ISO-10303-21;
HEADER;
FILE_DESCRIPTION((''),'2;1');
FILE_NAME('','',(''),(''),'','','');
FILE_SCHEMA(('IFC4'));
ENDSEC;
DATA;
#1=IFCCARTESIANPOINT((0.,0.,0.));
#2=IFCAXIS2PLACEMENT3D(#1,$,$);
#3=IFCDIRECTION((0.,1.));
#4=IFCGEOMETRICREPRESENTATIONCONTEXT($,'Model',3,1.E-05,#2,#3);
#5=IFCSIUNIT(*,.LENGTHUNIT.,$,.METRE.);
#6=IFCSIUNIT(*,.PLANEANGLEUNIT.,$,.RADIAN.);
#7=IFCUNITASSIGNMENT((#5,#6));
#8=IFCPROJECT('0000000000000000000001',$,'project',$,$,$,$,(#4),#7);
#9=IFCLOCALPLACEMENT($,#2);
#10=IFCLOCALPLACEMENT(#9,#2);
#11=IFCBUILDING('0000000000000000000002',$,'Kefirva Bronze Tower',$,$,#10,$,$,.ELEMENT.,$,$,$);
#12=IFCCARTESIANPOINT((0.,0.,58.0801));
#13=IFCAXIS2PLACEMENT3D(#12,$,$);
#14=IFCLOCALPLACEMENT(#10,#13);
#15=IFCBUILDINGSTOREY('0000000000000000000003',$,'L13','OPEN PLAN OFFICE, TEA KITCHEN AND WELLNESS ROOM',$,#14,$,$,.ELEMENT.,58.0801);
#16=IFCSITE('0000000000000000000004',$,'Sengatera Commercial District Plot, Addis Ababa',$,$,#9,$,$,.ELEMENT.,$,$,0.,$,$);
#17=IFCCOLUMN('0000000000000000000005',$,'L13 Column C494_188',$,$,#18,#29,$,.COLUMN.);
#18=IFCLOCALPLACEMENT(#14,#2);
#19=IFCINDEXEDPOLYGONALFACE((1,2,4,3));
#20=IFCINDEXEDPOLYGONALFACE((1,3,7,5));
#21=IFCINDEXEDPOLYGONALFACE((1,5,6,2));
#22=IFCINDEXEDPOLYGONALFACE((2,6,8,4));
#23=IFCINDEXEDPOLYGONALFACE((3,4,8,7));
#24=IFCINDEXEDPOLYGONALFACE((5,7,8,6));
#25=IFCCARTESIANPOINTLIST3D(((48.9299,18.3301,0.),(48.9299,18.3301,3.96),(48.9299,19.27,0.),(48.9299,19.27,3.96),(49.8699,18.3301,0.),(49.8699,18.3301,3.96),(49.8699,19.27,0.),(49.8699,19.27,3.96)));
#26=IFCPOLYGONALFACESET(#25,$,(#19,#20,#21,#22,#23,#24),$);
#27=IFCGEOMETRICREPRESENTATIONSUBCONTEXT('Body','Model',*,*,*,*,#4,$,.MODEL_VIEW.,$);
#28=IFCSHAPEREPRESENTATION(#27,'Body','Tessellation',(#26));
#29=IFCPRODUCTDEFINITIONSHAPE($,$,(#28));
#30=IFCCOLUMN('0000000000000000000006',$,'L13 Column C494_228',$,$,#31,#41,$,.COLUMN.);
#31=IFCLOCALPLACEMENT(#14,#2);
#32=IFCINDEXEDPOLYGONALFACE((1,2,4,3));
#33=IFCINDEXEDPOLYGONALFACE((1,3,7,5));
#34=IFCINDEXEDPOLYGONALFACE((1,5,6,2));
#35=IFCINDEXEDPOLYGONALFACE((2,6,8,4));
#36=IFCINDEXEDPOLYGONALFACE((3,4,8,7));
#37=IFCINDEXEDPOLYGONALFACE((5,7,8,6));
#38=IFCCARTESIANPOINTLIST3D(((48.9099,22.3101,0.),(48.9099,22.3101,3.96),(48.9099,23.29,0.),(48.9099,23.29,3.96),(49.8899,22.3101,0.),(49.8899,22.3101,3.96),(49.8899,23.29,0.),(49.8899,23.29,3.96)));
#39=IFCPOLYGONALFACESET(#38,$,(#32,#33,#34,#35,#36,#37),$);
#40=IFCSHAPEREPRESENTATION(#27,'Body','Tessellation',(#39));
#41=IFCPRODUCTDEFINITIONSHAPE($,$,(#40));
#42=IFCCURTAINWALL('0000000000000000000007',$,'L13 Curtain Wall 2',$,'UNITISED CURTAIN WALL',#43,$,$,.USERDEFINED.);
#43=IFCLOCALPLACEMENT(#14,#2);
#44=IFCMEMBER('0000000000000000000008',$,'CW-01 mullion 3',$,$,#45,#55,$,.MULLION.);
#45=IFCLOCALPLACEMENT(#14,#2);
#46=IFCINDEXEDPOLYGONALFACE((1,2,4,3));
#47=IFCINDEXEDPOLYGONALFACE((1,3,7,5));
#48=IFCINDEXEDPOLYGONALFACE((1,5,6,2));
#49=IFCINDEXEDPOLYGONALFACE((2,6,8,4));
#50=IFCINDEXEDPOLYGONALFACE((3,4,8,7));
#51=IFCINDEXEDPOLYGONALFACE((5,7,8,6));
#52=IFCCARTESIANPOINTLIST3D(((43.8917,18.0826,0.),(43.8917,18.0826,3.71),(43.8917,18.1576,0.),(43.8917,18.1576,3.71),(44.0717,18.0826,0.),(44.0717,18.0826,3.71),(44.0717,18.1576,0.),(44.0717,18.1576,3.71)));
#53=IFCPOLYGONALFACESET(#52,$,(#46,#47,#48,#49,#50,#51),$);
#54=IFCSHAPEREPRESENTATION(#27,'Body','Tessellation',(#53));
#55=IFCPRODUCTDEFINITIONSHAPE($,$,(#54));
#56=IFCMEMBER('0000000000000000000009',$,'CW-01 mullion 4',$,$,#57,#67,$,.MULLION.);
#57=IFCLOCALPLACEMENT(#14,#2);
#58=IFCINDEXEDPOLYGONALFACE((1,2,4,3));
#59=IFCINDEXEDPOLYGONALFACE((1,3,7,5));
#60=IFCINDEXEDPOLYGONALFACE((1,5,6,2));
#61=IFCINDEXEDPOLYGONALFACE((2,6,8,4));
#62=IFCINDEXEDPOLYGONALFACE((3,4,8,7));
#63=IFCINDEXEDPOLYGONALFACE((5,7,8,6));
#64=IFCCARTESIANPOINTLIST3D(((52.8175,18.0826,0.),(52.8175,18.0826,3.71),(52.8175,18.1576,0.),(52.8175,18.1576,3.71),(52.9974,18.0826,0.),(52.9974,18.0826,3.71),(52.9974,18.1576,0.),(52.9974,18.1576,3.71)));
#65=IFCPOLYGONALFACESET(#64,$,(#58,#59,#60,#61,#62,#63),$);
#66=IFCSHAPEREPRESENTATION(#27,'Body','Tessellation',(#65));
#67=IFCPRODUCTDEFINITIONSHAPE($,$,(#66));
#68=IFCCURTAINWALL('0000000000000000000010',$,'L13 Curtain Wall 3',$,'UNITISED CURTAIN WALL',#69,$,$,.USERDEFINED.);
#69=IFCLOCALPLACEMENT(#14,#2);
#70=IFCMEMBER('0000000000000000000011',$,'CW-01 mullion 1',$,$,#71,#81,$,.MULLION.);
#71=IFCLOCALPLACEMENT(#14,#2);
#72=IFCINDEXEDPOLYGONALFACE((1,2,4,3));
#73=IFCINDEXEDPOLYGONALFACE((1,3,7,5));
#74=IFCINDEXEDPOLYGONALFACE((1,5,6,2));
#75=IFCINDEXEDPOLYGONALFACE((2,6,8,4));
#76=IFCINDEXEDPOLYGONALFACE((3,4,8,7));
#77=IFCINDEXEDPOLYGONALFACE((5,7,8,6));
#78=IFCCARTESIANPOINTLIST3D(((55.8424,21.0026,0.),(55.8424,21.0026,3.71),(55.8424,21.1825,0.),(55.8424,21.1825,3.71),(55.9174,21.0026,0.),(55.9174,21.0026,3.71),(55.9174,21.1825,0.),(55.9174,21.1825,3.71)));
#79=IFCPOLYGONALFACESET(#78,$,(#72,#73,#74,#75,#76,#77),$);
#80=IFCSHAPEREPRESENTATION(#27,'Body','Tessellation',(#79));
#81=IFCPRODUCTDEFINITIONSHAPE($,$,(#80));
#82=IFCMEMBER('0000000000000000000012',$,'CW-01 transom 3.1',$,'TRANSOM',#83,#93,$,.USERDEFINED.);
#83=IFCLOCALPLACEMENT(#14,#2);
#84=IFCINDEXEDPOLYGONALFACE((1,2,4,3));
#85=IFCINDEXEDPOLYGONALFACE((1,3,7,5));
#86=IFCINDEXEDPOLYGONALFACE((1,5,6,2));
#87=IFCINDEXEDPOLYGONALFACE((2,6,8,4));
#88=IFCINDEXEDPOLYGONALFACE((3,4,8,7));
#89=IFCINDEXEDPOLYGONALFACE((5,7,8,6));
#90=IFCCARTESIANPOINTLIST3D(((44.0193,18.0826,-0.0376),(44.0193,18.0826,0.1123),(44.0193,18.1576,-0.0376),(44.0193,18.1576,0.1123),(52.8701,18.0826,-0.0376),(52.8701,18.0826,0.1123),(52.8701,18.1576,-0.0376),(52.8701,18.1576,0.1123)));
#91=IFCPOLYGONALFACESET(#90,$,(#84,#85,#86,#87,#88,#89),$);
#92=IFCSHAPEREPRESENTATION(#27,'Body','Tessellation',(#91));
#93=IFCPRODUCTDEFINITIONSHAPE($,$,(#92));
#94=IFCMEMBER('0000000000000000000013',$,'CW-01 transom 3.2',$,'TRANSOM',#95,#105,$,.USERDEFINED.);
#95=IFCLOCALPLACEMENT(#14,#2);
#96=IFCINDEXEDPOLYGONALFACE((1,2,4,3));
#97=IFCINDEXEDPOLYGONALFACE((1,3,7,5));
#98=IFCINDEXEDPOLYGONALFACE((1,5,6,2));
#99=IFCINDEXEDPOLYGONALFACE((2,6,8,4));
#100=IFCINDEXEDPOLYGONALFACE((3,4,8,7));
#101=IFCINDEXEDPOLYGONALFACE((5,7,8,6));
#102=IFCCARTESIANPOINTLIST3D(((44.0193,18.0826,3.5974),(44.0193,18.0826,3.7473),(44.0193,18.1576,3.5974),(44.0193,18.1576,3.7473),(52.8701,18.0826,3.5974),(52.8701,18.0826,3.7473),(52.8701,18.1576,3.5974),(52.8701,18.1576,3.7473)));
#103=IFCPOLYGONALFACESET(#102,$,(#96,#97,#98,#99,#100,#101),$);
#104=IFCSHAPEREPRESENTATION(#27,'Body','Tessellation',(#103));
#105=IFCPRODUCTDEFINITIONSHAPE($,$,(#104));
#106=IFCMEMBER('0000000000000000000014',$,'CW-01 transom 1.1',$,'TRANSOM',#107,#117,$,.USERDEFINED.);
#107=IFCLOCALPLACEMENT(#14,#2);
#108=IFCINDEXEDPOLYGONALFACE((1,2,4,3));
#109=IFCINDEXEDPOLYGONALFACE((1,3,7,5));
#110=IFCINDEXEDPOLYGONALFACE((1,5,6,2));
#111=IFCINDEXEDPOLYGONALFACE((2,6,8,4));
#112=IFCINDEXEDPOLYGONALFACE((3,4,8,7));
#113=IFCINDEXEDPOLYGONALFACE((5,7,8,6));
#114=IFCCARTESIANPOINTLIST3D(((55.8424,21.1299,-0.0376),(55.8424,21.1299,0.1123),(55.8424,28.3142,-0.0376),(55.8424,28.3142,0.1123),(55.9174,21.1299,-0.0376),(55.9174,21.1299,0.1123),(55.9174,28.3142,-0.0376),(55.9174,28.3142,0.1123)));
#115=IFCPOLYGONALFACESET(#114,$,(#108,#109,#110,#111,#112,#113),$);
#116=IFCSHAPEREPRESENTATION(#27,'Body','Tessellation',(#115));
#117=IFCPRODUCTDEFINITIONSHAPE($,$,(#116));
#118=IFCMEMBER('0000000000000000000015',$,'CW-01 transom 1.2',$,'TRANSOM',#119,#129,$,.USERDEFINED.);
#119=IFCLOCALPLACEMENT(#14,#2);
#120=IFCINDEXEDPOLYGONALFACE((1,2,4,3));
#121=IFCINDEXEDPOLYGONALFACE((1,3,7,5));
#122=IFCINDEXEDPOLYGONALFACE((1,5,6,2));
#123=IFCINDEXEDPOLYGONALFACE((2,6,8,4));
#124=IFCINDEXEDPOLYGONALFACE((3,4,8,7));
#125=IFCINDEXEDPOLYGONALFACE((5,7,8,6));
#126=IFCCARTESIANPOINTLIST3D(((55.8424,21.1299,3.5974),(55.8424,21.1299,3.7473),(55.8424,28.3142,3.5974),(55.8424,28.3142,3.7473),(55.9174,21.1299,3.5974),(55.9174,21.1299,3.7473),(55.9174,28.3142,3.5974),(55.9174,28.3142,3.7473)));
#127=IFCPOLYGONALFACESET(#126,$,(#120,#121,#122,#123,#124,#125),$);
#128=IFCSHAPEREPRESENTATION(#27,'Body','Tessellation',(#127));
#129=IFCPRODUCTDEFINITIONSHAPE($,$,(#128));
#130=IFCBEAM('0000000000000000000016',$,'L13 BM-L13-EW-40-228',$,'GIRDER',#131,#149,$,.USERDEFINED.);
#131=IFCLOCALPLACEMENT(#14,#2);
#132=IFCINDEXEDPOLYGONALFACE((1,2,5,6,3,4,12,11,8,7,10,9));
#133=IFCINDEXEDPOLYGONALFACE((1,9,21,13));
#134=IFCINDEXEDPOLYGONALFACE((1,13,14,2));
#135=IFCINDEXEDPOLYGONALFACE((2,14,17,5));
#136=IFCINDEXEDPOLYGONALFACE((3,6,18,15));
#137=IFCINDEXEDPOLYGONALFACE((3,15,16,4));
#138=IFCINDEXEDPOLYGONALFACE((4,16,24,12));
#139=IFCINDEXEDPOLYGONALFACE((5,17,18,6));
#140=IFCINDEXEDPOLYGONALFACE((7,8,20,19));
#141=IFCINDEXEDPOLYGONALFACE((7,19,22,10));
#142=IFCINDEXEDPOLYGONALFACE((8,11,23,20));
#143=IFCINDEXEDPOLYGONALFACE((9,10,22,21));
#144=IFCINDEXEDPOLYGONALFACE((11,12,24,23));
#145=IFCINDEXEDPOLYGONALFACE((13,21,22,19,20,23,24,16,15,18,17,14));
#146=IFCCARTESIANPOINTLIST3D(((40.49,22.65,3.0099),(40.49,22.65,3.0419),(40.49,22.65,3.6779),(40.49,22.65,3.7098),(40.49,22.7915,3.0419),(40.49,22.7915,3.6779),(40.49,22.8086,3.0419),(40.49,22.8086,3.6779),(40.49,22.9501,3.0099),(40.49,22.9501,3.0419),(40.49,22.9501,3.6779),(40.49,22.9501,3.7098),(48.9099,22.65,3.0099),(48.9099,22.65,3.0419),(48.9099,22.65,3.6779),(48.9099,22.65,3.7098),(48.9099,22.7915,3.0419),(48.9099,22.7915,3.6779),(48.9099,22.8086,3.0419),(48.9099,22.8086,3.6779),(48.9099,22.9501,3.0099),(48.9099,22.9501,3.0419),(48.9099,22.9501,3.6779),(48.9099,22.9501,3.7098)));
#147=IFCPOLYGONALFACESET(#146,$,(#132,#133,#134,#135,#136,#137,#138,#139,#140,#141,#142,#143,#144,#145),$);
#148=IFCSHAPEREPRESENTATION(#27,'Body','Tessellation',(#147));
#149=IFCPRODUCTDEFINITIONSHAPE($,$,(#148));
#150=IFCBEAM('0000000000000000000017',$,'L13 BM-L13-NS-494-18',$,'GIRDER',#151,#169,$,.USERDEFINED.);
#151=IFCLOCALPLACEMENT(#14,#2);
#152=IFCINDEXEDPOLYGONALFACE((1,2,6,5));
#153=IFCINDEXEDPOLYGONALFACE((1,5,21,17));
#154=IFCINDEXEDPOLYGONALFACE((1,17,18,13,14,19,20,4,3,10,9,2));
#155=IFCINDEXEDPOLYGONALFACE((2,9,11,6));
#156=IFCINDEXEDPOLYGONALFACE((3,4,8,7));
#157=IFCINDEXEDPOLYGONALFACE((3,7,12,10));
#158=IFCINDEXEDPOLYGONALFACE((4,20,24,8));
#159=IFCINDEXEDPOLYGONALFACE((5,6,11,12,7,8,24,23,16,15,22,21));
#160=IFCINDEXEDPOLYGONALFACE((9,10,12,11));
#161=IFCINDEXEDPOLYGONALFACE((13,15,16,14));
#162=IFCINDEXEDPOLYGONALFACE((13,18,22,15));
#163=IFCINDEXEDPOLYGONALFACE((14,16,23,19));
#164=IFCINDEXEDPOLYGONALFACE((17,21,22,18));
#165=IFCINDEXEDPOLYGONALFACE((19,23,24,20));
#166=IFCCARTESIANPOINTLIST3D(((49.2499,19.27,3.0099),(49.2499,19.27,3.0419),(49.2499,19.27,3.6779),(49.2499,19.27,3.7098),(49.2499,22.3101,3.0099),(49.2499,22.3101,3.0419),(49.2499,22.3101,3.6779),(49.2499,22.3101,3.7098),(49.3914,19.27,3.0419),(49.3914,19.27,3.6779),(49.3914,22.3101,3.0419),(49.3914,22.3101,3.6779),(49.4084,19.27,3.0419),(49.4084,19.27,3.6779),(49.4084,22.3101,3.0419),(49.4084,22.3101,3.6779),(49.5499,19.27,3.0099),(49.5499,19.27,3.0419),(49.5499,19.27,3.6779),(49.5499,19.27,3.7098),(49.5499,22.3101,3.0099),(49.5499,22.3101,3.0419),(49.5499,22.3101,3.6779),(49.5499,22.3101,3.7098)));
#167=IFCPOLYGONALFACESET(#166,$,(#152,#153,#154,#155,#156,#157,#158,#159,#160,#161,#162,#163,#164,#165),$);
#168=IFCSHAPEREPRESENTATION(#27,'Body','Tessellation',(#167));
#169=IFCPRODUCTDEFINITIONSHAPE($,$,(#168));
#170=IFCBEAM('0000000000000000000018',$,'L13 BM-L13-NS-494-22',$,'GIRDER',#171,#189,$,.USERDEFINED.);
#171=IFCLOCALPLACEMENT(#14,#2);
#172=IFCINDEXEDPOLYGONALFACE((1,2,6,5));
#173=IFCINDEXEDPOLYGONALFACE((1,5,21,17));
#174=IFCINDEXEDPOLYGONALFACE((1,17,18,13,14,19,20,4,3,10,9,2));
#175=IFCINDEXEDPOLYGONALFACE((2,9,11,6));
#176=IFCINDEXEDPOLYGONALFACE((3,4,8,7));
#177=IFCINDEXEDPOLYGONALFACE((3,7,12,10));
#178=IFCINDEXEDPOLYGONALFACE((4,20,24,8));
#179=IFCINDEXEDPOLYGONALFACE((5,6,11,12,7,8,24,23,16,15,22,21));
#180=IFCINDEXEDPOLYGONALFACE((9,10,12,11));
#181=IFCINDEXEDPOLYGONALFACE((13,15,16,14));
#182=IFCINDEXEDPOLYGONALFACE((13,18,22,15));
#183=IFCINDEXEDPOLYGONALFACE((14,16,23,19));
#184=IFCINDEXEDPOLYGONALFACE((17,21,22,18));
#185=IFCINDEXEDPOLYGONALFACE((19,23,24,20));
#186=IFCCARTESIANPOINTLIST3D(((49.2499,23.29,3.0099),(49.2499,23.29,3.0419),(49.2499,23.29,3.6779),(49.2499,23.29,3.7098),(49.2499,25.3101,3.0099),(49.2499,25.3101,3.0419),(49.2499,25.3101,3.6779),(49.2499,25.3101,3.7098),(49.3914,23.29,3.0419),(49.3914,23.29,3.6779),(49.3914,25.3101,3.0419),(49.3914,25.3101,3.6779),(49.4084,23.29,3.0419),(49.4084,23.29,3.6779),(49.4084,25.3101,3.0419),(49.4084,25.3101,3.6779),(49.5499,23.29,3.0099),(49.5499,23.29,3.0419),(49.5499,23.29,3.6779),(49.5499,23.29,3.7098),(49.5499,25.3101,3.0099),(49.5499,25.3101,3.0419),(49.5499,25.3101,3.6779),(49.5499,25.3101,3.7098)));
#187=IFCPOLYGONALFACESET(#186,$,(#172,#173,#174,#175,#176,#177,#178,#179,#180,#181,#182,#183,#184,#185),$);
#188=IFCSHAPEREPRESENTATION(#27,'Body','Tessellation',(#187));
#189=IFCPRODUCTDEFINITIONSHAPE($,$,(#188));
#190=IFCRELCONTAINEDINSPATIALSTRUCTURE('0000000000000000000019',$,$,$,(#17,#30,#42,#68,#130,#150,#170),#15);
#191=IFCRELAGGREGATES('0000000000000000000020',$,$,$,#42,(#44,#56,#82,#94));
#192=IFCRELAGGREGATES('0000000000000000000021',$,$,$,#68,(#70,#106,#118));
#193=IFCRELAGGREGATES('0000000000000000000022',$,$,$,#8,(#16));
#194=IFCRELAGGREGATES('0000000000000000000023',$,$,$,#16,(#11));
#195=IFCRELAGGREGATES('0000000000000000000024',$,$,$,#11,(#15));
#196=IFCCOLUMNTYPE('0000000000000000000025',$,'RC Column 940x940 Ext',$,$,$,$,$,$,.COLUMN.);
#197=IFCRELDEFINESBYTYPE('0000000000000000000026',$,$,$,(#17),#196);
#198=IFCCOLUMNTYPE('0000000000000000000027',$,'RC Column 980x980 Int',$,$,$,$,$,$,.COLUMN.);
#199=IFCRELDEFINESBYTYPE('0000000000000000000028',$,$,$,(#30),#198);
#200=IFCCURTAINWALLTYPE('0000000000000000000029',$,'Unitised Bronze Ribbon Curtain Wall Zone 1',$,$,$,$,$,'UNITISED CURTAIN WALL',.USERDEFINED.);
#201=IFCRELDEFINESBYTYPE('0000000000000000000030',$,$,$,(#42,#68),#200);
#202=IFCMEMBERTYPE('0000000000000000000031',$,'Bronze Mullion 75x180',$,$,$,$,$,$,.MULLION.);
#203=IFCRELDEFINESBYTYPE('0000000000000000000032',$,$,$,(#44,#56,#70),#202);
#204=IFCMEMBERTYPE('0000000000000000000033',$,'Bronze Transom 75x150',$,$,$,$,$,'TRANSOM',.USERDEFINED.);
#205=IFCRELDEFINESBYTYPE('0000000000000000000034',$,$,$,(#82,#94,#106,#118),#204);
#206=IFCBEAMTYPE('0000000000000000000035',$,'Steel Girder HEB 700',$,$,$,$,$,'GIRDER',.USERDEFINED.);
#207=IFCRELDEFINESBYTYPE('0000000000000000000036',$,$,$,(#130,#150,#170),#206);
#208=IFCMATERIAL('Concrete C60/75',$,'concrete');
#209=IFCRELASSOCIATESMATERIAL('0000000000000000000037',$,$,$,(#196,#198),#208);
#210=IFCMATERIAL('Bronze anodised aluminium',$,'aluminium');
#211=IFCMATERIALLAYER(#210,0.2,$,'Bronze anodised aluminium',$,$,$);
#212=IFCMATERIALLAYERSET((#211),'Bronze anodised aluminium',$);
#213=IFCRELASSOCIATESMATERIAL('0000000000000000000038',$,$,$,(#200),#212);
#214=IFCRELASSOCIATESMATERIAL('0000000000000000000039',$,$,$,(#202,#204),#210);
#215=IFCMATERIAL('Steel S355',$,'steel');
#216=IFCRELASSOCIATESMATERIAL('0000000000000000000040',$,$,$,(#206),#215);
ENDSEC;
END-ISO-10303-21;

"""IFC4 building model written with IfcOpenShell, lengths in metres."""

from ifc_helpers import new_model, si_unit, direction, frame, origin, origin_2d, place, context, subcontext, project, spatial, rectangle, i_section, extrude, material, layer, layer_set, material_profile, profile_set, type_object, element, aggregate, save


model = new_model("IFC4")

# Units and contexts
model_context = context("Model", 3, precision=1e-05, world=origin(), true_north=direction((0.0, 1.0)))
body_context = subcontext(model_context, "Body", "Model", "MODEL_VIEW")
ifc_project = project(units=[si_unit("LENGTHUNIT", "METRE"), si_unit("PLANEANGLEUNIT", "RADIAN")], contexts=[model_context])

# Site, building, storey
site_placement = place(None, origin())
site = spatial("IfcSite", under=ifc_project, at=site_placement, Name="Sengatera Commercial District Plot, Addis Ababa", CompositionType="ELEMENT", RefElevation=0.0)
building_placement = place(site_placement, origin())
building = spatial("IfcBuilding", under=site, at=building_placement, Name="Kefirva Bronze Tower", CompositionType="ELEMENT")
storey_placement = place(building_placement, frame((0.0, 0.0, 58.0801)))
storey = spatial("IfcBuildingStorey", under=building, at=storey_placement, Name="L13", Description="OPEN PLAN OFFICE, TEA KITCHEN AND WELLNESS ROOM", CompositionType="ELEMENT", Elevation=58.0801)

# Columns
ifc_material_1 = material(Name="Concrete C60/75", Category="concrete")
ifc_material_profile_1 = material_profile(ifc_material_1, rectangle(XDim=0.9399, YDim=0.9399, at=origin_2d()), Name="RC 940x940")
ifc_profile_set_1 = profile_set([ifc_material_profile_1], Name="Concrete C60/75")
column_type_1 = type_object("IfcColumnType", Name="RC Column 940x940 Ext", PredefinedType="COLUMN", material=ifc_profile_set_1)
column_1_placement = place(storey_placement, frame((49.3999, 18.8, 0.0), z_axis=(0.0, 0.0, 1.0), x_axis=(1.0, 0.0, 0.0)))
element("IfcColumn", 1, at=column_1_placement, inside=storey, type_object=column_type_1, Name="L13 Column C494_188", PredefinedType="COLUMN", context=body_context, shape_type="SweptSolid", body=[
    extrude(rectangle(XDim=0.9399, YDim=0.9399, at=origin_2d()), origin(), (0.0, 0.0, 1.0), 3.96),
])
ifc_material_profile_2 = material_profile(ifc_material_1, rectangle(XDim=0.98, YDim=0.98, at=origin_2d()), Name="RC 980x980")
ifc_profile_set_2 = profile_set([ifc_material_profile_2], Name="Concrete C60/75")
column_type_2 = type_object("IfcColumnType", Name="RC Column 980x980 Int", PredefinedType="COLUMN", material=ifc_profile_set_2)
column_2_placement = place(storey_placement, frame((49.3999, 22.8, 0.0), z_axis=(0.0, 0.0, 1.0), x_axis=(1.0, 0.0, 0.0)))
element("IfcColumn", 2, at=column_2_placement, inside=storey, type_object=column_type_2, Name="L13 Column C494_228", PredefinedType="COLUMN", context=body_context, shape_type="SweptSolid", body=[
    extrude(rectangle(XDim=0.98, YDim=0.98, at=origin_2d()), origin(), (0.0, 0.0, 1.0), 3.96),
])

# Curtain wall, members
ifc_material_2 = material(Name="Bronze anodised aluminium", Category="aluminium")
ifc_layer_1 = layer(ifc_material_2, 0.2, Name="Bronze anodised aluminium")
ifc_layer_set_1 = layer_set([ifc_layer_1], Name="Bronze anodised aluminium")
curtain_wall_type = type_object("IfcCurtainWallType", Name="Unitised Bronze Ribbon Curtain Wall Zone 1", ElementType="UNITISED CURTAIN WALL", PredefinedType="USERDEFINED", material=ifc_layer_set_1)
curtain_wall_1_placement = place(storey_placement, origin())
curtain_wall_1 = element("IfcCurtainWall", 3, at=curtain_wall_1_placement, inside=storey, type_object=curtain_wall_type, Name="L13 Curtain Wall 2", ObjectType="UNITISED CURTAIN WALL", PredefinedType="USERDEFINED")
ifc_material_profile_3 = material_profile(ifc_material_2, rectangle(XDim=0.075, YDim=0.1799, at=origin_2d()), Name="ALU 75x180")
ifc_profile_set_3 = profile_set([ifc_material_profile_3], Name="Bronze anodised aluminium")
member_type_1 = type_object("IfcMemberType", Name="Bronze Mullion 75x180", PredefinedType="MULLION", material=ifc_profile_set_3)
member_1_placement = place(storey_placement, frame((43.9817, 18.1201, 0.0), z_axis=(0.0, 0.0, 1.0), x_axis=(0.0, 1.0, 0.0)))
member_1 = element("IfcMember", 4, at=member_1_placement, type_object=member_type_1, Name="CW-01 mullion 3", PredefinedType="MULLION", context=body_context, shape_type="SweptSolid", body=[
    extrude(rectangle(XDim=0.075, YDim=0.1799, at=origin_2d()), origin(), (0.0, 0.0, 1.0), 3.71),
])
member_2_placement = place(storey_placement, frame((52.9075, 18.1201, 0.0), z_axis=(0.0, 0.0, 1.0), x_axis=(0.0, 1.0, 0.0)))
member_2 = element("IfcMember", 5, at=member_2_placement, type_object=member_type_1, Name="CW-01 mullion 4", PredefinedType="MULLION", context=body_context, shape_type="SweptSolid", body=[
    extrude(rectangle(XDim=0.075, YDim=0.1799, at=origin_2d()), origin(), (0.0, 0.0, 1.0), 3.71),
])

# Curtain wall, member
curtain_wall_2_placement = place(storey_placement, origin())
curtain_wall_2 = element("IfcCurtainWall", 6, at=curtain_wall_2_placement, inside=storey, type_object=curtain_wall_type, Name="L13 Curtain Wall 3", ObjectType="UNITISED CURTAIN WALL", PredefinedType="USERDEFINED")
member_3_placement = place(storey_placement, frame((55.8799, 21.0925, 0.0), z_axis=(0.0, 0.0, 1.0), x_axis=(-1.0, 0.0, 0.0)))
member_3 = element("IfcMember", 7, at=member_3_placement, type_object=member_type_1, Name="CW-01 mullion 1", PredefinedType="MULLION", context=body_context, shape_type="SweptSolid", body=[
    extrude(rectangle(XDim=0.075, YDim=0.1799, at=origin_2d()), origin(), (0.0, 0.0, 1.0), 3.71),
])

# Members
ifc_material_profile_4 = material_profile(ifc_material_2, rectangle(XDim=0.075, YDim=0.1499, at=origin_2d()), Name="ALU 75x150")
ifc_profile_set_4 = profile_set([ifc_material_profile_4], Name="Bronze anodised aluminium")
member_type_2 = type_object("IfcMemberType", Name="Bronze Transom 75x150", ElementType="TRANSOM", PredefinedType="USERDEFINED", material=ifc_profile_set_4)
member_4_placement = place(storey_placement, frame((44.0193, 18.1201, 0.0374), z_axis=(1.0, 0.0, 0.0), x_axis=(0.0, 1.0, 0.0)))
member_4 = element("IfcMember", 8, at=member_4_placement, type_object=member_type_2, Name="CW-01 transom 3.1", ObjectType="TRANSOM", PredefinedType="USERDEFINED", context=body_context, shape_type="SweptSolid", body=[
    extrude(rectangle(XDim=0.075, YDim=0.1499, at=origin_2d()), origin(), (0.0, 0.0, 1.0), 8.8508),
])
member_5_placement = place(storey_placement, frame((44.0193, 18.1201, 3.6724), z_axis=(1.0, 0.0, 0.0), x_axis=(0.0, 1.0, 0.0)))
member_5 = element("IfcMember", 9, at=member_5_placement, type_object=member_type_2, Name="CW-01 transom 3.2", ObjectType="TRANSOM", PredefinedType="USERDEFINED", context=body_context, shape_type="SweptSolid", body=[
    extrude(rectangle(XDim=0.075, YDim=0.1499, at=origin_2d()), origin(), (0.0, 0.0, 1.0), 8.8508),
])
member_6_placement = place(storey_placement, frame((55.8799, 21.1299, 0.0374), z_axis=(0.0, 1.0, 0.0), x_axis=(-1.0, 0.0, 0.0)))
member_6 = element("IfcMember", 10, at=member_6_placement, type_object=member_type_2, Name="CW-01 transom 1.1", ObjectType="TRANSOM", PredefinedType="USERDEFINED", context=body_context, shape_type="SweptSolid", body=[
    extrude(rectangle(XDim=0.075, YDim=0.1499, at=origin_2d()), origin(), (0.0, 0.0, 1.0), 7.1843),
])
member_7_placement = place(storey_placement, frame((55.8799, 21.1299, 3.6724), z_axis=(0.0, 1.0, 0.0), x_axis=(-1.0, 0.0, 0.0)))
member_7 = element("IfcMember", 11, at=member_7_placement, type_object=member_type_2, Name="CW-01 transom 1.2", ObjectType="TRANSOM", PredefinedType="USERDEFINED", context=body_context, shape_type="SweptSolid", body=[
    extrude(rectangle(XDim=0.075, YDim=0.1499, at=origin_2d()), origin(), (0.0, 0.0, 1.0), 7.1843),
])

# Beams
ifc_material_3 = material(Name="Steel S355", Category="steel")
ifc_material_profile_5 = material_profile(ifc_material_3, i_section(OverallWidth=0.3, OverallDepth=0.7, WebThickness=0.0171, FlangeThickness=0.032, at=origin_2d()), Name="HEB 700")
ifc_profile_set_5 = profile_set([ifc_material_profile_5], Name="Steel S355")
beam_type_1 = type_object("IfcBeamType", Name="Steel Girder HEB 700", ElementType="GIRDER", PredefinedType="USERDEFINED", material=ifc_profile_set_5)
beam_1_placement = place(storey_placement, frame((40.49, 22.8, 3.3599), z_axis=(1.0, 0.0, 0.0), x_axis=(0.0, 1.0, 0.0)))
element("IfcBeam", 12, at=beam_1_placement, inside=storey, type_object=beam_type_1, Name="L13 BM-L13-EW-40-228", ObjectType="GIRDER", PredefinedType="USERDEFINED", context=body_context, shape_type="SweptSolid", body=[
    extrude(i_section(OverallWidth=0.3, OverallDepth=0.7, WebThickness=0.0171, FlangeThickness=0.032, at=origin_2d()), origin(), (0.0, 0.0, 1.0), 8.4199),
])
beam_2_placement = place(storey_placement, frame((49.3999, 19.27, 3.3599), z_axis=(0.0, 1.0, 0.0), x_axis=(-1.0, 0.0, 0.0)))
element("IfcBeam", 13, at=beam_2_placement, inside=storey, type_object=beam_type_1, Name="L13 BM-L13-NS-494-18", ObjectType="GIRDER", PredefinedType="USERDEFINED", context=body_context, shape_type="SweptSolid", body=[
    extrude(i_section(OverallWidth=0.3, OverallDepth=0.7, WebThickness=0.0171, FlangeThickness=0.032, at=origin_2d()), origin(), (0.0, 0.0, 1.0), 3.04),
])
beam_3_placement = place(storey_placement, frame((49.3999, 23.29, 3.3599), z_axis=(0.0, 1.0, 0.0), x_axis=(-1.0, 0.0, 0.0)))
element("IfcBeam", 14, at=beam_3_placement, inside=storey, type_object=beam_type_1, Name="L13 BM-L13-NS-494-22", ObjectType="GIRDER", PredefinedType="USERDEFINED", context=body_context, shape_type="SweptSolid", body=[
    extrude(i_section(OverallWidth=0.3, OverallDepth=0.7, WebThickness=0.0171, FlangeThickness=0.032, at=origin_2d()), origin(), (0.0, 0.0, 1.0), 2.02),
])

aggregate(curtain_wall_1, [member_1, member_2, member_4, member_5])
aggregate(curtain_wall_2, [member_3, member_6, member_7])

save(model, "model.ifc")
